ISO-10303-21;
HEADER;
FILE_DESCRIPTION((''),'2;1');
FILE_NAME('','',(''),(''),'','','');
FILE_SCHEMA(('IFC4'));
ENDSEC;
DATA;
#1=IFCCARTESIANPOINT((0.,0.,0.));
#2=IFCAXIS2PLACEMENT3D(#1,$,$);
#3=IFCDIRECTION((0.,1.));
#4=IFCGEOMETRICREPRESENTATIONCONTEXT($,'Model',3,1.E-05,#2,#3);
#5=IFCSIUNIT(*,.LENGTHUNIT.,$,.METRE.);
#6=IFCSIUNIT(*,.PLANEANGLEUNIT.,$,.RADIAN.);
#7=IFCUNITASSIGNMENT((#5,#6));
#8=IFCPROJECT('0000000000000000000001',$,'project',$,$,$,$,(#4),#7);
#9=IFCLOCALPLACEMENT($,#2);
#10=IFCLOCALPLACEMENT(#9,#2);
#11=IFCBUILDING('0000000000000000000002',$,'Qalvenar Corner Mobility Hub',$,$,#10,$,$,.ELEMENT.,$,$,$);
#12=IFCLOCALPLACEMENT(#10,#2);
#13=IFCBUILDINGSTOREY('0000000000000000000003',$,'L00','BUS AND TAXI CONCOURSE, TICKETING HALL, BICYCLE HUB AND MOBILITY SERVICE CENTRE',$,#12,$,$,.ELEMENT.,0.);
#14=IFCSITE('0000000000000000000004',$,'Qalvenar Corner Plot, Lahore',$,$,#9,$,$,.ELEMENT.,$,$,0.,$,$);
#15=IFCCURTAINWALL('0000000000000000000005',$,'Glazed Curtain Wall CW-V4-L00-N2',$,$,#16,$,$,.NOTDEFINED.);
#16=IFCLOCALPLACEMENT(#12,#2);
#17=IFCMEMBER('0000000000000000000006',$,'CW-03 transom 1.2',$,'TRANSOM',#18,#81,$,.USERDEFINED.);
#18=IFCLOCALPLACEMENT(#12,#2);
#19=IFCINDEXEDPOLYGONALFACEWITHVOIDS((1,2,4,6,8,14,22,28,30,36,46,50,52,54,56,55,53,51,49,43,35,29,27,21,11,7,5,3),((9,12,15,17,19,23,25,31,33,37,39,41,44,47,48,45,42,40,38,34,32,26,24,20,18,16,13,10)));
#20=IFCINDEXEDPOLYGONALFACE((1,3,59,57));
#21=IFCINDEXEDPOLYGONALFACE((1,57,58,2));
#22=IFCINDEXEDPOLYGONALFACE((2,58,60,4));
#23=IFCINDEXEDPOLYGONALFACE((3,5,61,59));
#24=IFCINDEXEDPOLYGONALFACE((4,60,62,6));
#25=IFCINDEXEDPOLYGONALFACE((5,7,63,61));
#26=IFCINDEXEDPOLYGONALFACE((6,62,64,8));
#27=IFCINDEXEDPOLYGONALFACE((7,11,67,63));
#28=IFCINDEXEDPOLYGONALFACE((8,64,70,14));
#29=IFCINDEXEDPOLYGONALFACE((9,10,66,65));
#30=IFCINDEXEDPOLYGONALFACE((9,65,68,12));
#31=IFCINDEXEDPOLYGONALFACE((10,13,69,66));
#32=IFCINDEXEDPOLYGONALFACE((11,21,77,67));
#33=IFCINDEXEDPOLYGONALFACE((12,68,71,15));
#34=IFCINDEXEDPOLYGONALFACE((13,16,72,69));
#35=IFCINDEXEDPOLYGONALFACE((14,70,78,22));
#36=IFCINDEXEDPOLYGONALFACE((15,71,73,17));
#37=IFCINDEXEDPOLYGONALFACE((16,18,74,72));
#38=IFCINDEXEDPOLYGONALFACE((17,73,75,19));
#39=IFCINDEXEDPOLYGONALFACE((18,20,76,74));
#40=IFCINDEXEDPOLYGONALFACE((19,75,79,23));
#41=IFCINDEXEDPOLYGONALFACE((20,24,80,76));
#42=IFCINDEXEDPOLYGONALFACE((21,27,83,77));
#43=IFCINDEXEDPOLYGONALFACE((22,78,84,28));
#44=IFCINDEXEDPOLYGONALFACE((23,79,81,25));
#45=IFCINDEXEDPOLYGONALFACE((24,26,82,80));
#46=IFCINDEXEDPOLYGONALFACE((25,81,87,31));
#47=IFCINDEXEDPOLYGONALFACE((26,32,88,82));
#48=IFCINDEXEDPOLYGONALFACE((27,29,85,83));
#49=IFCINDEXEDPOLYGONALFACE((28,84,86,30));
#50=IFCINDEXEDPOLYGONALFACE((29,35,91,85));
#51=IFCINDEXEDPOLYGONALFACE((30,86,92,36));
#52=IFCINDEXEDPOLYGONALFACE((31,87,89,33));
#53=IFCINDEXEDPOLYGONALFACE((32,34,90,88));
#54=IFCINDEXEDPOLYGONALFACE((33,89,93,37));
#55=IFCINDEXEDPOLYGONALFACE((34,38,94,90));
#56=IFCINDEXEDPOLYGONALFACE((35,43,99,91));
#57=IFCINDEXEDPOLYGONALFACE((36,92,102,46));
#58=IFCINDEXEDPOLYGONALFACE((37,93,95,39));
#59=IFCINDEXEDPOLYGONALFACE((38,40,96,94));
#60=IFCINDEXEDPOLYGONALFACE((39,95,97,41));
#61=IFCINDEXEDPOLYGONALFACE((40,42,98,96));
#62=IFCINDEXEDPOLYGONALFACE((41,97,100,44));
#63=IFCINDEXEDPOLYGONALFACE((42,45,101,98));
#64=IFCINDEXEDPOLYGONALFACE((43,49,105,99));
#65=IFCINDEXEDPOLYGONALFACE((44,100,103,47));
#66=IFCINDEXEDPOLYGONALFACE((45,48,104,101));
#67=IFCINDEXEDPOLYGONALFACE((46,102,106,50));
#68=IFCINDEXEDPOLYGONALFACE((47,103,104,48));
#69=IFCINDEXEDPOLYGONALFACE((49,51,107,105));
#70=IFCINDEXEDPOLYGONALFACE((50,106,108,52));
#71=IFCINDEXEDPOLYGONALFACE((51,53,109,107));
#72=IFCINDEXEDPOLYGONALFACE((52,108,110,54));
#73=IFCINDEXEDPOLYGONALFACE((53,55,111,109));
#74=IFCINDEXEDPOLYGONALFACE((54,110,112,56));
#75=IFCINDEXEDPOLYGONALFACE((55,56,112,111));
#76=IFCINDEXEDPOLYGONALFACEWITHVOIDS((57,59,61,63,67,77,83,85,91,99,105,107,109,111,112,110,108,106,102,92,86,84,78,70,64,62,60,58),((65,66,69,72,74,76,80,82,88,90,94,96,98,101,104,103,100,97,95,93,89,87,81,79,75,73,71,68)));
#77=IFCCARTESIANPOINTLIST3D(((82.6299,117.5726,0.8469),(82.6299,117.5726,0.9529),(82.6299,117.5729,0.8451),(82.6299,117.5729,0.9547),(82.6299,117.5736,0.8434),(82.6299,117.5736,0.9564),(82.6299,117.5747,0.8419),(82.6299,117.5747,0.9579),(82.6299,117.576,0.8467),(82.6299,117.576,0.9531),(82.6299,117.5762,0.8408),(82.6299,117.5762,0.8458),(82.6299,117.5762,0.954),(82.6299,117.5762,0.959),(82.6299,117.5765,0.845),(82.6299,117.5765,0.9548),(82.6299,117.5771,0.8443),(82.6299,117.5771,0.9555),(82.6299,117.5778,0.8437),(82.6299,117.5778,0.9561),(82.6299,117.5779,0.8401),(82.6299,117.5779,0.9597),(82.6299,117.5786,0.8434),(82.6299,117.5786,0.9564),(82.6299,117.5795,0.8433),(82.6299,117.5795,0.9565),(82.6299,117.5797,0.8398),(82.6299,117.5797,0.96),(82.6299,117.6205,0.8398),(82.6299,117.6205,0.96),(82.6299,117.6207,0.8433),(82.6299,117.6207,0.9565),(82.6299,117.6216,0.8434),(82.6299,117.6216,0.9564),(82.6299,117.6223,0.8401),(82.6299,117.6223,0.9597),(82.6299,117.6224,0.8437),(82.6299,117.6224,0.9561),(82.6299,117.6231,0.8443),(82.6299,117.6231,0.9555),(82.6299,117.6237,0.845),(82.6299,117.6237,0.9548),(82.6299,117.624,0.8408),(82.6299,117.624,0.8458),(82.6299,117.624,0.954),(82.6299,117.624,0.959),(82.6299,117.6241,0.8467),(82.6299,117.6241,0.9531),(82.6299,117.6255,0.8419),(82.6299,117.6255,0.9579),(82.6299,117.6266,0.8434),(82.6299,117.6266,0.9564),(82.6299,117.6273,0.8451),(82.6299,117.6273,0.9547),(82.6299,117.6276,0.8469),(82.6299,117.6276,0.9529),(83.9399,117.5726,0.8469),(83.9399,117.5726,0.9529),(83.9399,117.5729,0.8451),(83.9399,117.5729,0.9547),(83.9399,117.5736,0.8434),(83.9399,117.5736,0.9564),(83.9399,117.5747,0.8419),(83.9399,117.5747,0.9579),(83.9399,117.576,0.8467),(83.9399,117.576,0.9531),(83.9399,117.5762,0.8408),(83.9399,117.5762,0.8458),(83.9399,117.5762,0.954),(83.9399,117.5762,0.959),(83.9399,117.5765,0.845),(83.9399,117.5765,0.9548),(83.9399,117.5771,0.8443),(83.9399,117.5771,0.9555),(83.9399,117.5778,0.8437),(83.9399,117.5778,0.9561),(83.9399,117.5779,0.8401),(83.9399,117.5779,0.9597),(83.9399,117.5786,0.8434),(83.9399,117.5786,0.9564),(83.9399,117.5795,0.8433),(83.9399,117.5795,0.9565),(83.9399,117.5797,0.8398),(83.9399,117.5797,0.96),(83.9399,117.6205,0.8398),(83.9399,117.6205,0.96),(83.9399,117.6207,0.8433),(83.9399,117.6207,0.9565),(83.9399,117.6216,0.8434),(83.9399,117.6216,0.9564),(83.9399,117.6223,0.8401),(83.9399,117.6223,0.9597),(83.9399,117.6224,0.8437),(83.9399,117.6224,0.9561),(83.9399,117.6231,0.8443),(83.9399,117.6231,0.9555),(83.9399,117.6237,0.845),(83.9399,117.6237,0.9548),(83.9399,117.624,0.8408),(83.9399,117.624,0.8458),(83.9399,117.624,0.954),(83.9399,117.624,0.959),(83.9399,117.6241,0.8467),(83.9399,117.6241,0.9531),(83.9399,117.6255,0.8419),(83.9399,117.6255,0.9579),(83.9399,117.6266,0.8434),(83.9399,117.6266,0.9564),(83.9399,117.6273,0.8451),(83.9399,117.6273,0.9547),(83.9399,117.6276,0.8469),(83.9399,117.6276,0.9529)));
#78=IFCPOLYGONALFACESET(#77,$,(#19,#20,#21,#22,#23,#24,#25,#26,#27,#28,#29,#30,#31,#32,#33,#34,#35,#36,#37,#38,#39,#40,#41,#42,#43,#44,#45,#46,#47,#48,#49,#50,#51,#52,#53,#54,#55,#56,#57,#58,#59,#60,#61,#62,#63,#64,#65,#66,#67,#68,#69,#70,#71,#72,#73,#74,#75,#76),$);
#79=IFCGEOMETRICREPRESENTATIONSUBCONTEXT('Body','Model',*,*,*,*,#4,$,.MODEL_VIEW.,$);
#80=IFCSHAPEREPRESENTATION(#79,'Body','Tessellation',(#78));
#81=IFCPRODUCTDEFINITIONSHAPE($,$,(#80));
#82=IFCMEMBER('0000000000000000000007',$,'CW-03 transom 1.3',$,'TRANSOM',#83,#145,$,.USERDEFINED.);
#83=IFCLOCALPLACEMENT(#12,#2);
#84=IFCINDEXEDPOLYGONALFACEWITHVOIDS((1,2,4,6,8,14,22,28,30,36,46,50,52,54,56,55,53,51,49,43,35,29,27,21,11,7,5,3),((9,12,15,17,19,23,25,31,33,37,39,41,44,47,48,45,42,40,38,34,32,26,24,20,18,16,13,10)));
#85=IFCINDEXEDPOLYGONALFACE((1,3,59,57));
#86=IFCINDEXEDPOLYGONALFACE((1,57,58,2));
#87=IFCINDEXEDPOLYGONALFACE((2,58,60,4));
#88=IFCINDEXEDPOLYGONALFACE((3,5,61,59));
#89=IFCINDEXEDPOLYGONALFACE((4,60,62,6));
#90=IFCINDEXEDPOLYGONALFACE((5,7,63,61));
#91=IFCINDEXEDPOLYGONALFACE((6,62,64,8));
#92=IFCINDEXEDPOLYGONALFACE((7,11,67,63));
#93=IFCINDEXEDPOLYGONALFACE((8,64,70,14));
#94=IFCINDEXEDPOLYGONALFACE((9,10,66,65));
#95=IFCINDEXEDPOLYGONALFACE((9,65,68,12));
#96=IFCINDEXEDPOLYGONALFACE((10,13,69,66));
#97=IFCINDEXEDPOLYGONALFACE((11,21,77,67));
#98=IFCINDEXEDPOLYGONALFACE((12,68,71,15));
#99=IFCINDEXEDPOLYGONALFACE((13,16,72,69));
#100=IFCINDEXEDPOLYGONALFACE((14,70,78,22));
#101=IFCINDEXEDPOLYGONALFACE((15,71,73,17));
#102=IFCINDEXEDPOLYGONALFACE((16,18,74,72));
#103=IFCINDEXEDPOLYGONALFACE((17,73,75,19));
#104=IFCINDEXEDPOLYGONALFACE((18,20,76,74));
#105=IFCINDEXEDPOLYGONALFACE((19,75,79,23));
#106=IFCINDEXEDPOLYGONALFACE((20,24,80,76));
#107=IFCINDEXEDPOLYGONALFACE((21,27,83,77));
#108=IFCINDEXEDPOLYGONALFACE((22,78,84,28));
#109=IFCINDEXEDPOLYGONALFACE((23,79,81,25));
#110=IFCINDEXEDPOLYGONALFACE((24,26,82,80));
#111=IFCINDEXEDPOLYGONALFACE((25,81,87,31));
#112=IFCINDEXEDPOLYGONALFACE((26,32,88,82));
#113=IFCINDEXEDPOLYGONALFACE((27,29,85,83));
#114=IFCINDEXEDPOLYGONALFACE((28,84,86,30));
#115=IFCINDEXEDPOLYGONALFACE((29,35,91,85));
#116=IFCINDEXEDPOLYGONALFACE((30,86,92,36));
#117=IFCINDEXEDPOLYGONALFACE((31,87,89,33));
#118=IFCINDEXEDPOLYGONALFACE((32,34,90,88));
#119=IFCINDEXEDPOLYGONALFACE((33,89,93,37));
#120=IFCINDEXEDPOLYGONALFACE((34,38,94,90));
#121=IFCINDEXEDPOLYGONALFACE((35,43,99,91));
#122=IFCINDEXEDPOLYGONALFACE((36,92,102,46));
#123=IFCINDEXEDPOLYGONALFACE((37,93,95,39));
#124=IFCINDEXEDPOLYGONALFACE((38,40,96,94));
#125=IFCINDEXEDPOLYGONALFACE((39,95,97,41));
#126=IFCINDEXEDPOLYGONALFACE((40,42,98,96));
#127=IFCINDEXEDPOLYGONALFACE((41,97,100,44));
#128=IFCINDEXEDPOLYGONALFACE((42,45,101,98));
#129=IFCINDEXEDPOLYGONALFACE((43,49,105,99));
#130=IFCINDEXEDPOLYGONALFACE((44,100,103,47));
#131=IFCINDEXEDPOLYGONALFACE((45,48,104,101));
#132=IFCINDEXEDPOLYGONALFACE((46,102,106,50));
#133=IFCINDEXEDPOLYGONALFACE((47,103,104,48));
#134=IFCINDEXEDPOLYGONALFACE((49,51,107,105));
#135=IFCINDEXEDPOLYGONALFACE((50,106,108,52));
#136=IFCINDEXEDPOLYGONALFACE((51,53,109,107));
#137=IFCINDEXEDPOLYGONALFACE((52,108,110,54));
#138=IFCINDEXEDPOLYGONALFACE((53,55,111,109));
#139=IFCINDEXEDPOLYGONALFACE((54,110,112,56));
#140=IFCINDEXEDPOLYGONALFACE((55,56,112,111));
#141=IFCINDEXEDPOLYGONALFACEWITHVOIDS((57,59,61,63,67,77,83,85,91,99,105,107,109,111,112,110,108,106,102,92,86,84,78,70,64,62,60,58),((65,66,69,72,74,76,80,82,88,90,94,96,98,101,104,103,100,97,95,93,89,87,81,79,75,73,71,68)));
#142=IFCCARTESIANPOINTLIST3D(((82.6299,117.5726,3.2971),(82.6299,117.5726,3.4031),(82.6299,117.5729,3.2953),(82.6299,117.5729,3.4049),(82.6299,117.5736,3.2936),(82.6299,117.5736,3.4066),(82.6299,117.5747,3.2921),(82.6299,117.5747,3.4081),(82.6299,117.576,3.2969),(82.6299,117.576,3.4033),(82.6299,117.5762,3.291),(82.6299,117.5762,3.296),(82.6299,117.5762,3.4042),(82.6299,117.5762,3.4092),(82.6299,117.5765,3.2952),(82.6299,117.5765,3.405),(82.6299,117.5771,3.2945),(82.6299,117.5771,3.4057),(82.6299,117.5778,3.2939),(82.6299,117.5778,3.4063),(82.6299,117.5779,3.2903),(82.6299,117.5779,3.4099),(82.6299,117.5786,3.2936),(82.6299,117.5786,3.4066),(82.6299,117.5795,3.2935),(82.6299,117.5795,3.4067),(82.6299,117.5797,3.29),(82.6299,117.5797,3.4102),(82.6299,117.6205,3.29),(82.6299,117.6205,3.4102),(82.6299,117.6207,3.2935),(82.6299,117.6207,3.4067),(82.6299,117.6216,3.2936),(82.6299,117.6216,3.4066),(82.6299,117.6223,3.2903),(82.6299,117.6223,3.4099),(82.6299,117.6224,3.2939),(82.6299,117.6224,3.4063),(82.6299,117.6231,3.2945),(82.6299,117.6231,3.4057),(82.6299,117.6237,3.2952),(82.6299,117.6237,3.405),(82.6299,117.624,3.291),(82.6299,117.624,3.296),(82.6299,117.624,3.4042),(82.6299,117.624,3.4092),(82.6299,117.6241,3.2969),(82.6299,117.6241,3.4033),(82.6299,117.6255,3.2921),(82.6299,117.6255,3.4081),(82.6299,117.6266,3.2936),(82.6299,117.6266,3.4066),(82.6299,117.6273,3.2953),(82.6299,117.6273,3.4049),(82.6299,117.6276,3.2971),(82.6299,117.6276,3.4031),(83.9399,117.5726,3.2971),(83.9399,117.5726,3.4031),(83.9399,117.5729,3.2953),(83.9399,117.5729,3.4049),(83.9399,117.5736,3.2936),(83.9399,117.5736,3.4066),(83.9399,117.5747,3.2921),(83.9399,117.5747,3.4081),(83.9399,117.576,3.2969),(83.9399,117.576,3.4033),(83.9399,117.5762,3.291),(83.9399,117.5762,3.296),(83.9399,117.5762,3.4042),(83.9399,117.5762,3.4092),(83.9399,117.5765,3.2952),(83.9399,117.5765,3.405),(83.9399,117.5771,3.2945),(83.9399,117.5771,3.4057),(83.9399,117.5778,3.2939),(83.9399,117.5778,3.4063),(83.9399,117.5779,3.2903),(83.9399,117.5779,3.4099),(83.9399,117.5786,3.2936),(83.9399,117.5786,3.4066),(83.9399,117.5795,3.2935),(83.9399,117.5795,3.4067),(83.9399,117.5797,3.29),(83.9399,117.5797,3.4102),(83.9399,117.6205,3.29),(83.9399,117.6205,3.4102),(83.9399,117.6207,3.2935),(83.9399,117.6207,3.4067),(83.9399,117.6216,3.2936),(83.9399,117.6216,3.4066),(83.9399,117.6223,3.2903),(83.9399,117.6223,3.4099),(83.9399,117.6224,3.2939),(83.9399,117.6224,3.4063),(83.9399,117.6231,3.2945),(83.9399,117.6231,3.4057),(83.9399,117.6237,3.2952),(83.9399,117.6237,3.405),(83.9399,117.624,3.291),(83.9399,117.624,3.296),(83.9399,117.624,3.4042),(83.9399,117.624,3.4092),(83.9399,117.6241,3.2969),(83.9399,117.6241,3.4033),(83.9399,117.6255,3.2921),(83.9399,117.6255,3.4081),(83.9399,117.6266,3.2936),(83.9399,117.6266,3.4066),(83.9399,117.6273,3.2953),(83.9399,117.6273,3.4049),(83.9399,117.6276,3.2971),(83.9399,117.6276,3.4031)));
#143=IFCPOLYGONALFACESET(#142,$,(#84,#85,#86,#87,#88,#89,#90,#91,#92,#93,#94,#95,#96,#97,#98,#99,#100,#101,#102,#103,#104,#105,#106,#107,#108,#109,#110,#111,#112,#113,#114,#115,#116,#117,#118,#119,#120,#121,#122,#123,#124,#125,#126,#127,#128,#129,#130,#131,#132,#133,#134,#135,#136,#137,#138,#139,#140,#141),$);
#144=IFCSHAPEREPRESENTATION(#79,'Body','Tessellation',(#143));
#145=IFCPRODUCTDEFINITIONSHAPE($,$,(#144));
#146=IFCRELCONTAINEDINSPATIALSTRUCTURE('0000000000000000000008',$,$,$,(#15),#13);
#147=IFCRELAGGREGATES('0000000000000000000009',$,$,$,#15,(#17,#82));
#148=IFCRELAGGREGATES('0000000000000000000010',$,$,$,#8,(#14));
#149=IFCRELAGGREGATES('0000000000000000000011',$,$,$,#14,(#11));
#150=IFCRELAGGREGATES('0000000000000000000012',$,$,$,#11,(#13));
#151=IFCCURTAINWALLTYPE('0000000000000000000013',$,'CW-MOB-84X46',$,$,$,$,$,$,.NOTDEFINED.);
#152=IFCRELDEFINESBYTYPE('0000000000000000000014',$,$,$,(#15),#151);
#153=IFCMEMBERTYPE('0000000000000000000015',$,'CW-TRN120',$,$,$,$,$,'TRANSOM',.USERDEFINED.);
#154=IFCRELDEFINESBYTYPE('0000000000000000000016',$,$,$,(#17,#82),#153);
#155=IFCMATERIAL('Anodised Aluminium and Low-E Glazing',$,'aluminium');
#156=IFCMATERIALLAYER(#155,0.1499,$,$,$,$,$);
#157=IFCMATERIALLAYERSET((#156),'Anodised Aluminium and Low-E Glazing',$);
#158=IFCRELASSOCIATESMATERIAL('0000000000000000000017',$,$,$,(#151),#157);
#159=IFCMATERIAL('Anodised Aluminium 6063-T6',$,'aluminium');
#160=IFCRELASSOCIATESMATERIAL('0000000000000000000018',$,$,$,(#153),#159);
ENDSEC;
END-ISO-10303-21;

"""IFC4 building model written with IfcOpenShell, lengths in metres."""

from ifc_helpers import new_model, si_unit, direction, frame, origin, origin_2d, place, context, subcontext, project, spatial, hollow_rectangle, extrude, material, layer, layer_set, material_profile, profile_set, type_object, element, aggregate, save


model = new_model("IFC4")

# Units and contexts
model_context = context("Model", 3, precision=1e-05, world=origin(), true_north=direction((0.0, 1.0)))
body_context = subcontext(model_context, "Body", "Model", "MODEL_VIEW")
ifc_project = project(units=[si_unit("LENGTHUNIT", "METRE"), si_unit("PLANEANGLEUNIT", "RADIAN")], contexts=[model_context])

# Site, building, storey
site_placement = place(None, origin())
site = spatial("IfcSite", under=ifc_project, at=site_placement, Name="Qalvenar Corner Plot, Lahore", CompositionType="ELEMENT", RefElevation=0.0)
building_placement = place(site_placement, origin())
building = spatial("IfcBuilding", under=site, at=building_placement, Name="Qalvenar Corner Mobility Hub", CompositionType="ELEMENT")
storey_placement = place(building_placement, origin())
storey = spatial("IfcBuildingStorey", under=building, at=storey_placement, Name="L00", Description="BUS AND TAXI CONCOURSE, TICKETING HALL, BICYCLE HUB AND MOBILITY SERVICE CENTRE", CompositionType="ELEMENT", Elevation=0.0)

# Curtain wall
ifc_material_1 = material(Name="Anodised Aluminium and Low-E Glazing", Category="aluminium")
ifc_layer_1 = layer(ifc_material_1, 0.1499)
ifc_layer_set_1 = layer_set([ifc_layer_1], Name="Anodised Aluminium and Low-E Glazing")
curtain_wall_type = type_object("IfcCurtainWallType", Name="CW-MOB-84X46", PredefinedType="NOTDEFINED", material=ifc_layer_set_1)
curtain_wall_1_placement = place(storey_placement, origin())
curtain_wall_1 = element("IfcCurtainWall", 1, at=curtain_wall_1_placement, inside=storey, type_object=curtain_wall_type, Name="Glazed Curtain Wall CW-V4-L00-N2", PredefinedType="NOTDEFINED")
ifc_material_2 = material(Name="Anodised Aluminium 6063-T6", Category="aluminium")

# Members
ifc_material_profile_1 = material_profile(ifc_material_2, hollow_rectangle(XDim=0.0549, YDim=0.1201, WallThickness=0.0034, InnerFilletRadius=0.0034, OuterFilletRadius=0.0071, at=origin_2d()), Name="RHS120x55x3.5")
ifc_profile_set_1 = profile_set([ifc_material_profile_1], Name="Anodised Aluminium 6063-T6")
member_type_1 = type_object("IfcMemberType", Name="CW-TRN120", ElementType="TRANSOM", PredefinedType="USERDEFINED", material=ifc_profile_set_1)
member_1_placement = place(storey_placement, frame((83.9399, 117.6001, 0.8999), z_axis=(-1.0, 0.0, 0.0), x_axis=(0.0, -1.0, 0.0)))
member_1 = element("IfcMember", 2, at=member_1_placement, type_object=member_type_1, Name="CW-03 transom 1.2", ObjectType="TRANSOM", PredefinedType="USERDEFINED", context=body_context, shape_type="SweptSolid", body=[
    extrude(hollow_rectangle(XDim=0.0549, YDim=0.1201, WallThickness=0.0034, InnerFilletRadius=0.0034, OuterFilletRadius=0.0071, at=origin_2d()), origin(), (0.0, 0.0, 1.0), 1.3101),
])
member_2_placement = place(storey_placement, frame((83.9399, 117.6001, 3.3501), z_axis=(-1.0, 0.0, 0.0), x_axis=(0.0, -1.0, 0.0)))
member_2 = element("IfcMember", 3, at=member_2_placement, type_object=member_type_1, Name="CW-03 transom 1.3", ObjectType="TRANSOM", PredefinedType="USERDEFINED", context=body_context, shape_type="SweptSolid", body=[
    extrude(hollow_rectangle(XDim=0.0549, YDim=0.1201, WallThickness=0.0034, InnerFilletRadius=0.0034, OuterFilletRadius=0.0071, at=origin_2d()), origin(), (0.0, 0.0, 1.0), 1.3101),
])

aggregate(curtain_wall_1, [member_1, member_2])

save(model, "model.ifc")
